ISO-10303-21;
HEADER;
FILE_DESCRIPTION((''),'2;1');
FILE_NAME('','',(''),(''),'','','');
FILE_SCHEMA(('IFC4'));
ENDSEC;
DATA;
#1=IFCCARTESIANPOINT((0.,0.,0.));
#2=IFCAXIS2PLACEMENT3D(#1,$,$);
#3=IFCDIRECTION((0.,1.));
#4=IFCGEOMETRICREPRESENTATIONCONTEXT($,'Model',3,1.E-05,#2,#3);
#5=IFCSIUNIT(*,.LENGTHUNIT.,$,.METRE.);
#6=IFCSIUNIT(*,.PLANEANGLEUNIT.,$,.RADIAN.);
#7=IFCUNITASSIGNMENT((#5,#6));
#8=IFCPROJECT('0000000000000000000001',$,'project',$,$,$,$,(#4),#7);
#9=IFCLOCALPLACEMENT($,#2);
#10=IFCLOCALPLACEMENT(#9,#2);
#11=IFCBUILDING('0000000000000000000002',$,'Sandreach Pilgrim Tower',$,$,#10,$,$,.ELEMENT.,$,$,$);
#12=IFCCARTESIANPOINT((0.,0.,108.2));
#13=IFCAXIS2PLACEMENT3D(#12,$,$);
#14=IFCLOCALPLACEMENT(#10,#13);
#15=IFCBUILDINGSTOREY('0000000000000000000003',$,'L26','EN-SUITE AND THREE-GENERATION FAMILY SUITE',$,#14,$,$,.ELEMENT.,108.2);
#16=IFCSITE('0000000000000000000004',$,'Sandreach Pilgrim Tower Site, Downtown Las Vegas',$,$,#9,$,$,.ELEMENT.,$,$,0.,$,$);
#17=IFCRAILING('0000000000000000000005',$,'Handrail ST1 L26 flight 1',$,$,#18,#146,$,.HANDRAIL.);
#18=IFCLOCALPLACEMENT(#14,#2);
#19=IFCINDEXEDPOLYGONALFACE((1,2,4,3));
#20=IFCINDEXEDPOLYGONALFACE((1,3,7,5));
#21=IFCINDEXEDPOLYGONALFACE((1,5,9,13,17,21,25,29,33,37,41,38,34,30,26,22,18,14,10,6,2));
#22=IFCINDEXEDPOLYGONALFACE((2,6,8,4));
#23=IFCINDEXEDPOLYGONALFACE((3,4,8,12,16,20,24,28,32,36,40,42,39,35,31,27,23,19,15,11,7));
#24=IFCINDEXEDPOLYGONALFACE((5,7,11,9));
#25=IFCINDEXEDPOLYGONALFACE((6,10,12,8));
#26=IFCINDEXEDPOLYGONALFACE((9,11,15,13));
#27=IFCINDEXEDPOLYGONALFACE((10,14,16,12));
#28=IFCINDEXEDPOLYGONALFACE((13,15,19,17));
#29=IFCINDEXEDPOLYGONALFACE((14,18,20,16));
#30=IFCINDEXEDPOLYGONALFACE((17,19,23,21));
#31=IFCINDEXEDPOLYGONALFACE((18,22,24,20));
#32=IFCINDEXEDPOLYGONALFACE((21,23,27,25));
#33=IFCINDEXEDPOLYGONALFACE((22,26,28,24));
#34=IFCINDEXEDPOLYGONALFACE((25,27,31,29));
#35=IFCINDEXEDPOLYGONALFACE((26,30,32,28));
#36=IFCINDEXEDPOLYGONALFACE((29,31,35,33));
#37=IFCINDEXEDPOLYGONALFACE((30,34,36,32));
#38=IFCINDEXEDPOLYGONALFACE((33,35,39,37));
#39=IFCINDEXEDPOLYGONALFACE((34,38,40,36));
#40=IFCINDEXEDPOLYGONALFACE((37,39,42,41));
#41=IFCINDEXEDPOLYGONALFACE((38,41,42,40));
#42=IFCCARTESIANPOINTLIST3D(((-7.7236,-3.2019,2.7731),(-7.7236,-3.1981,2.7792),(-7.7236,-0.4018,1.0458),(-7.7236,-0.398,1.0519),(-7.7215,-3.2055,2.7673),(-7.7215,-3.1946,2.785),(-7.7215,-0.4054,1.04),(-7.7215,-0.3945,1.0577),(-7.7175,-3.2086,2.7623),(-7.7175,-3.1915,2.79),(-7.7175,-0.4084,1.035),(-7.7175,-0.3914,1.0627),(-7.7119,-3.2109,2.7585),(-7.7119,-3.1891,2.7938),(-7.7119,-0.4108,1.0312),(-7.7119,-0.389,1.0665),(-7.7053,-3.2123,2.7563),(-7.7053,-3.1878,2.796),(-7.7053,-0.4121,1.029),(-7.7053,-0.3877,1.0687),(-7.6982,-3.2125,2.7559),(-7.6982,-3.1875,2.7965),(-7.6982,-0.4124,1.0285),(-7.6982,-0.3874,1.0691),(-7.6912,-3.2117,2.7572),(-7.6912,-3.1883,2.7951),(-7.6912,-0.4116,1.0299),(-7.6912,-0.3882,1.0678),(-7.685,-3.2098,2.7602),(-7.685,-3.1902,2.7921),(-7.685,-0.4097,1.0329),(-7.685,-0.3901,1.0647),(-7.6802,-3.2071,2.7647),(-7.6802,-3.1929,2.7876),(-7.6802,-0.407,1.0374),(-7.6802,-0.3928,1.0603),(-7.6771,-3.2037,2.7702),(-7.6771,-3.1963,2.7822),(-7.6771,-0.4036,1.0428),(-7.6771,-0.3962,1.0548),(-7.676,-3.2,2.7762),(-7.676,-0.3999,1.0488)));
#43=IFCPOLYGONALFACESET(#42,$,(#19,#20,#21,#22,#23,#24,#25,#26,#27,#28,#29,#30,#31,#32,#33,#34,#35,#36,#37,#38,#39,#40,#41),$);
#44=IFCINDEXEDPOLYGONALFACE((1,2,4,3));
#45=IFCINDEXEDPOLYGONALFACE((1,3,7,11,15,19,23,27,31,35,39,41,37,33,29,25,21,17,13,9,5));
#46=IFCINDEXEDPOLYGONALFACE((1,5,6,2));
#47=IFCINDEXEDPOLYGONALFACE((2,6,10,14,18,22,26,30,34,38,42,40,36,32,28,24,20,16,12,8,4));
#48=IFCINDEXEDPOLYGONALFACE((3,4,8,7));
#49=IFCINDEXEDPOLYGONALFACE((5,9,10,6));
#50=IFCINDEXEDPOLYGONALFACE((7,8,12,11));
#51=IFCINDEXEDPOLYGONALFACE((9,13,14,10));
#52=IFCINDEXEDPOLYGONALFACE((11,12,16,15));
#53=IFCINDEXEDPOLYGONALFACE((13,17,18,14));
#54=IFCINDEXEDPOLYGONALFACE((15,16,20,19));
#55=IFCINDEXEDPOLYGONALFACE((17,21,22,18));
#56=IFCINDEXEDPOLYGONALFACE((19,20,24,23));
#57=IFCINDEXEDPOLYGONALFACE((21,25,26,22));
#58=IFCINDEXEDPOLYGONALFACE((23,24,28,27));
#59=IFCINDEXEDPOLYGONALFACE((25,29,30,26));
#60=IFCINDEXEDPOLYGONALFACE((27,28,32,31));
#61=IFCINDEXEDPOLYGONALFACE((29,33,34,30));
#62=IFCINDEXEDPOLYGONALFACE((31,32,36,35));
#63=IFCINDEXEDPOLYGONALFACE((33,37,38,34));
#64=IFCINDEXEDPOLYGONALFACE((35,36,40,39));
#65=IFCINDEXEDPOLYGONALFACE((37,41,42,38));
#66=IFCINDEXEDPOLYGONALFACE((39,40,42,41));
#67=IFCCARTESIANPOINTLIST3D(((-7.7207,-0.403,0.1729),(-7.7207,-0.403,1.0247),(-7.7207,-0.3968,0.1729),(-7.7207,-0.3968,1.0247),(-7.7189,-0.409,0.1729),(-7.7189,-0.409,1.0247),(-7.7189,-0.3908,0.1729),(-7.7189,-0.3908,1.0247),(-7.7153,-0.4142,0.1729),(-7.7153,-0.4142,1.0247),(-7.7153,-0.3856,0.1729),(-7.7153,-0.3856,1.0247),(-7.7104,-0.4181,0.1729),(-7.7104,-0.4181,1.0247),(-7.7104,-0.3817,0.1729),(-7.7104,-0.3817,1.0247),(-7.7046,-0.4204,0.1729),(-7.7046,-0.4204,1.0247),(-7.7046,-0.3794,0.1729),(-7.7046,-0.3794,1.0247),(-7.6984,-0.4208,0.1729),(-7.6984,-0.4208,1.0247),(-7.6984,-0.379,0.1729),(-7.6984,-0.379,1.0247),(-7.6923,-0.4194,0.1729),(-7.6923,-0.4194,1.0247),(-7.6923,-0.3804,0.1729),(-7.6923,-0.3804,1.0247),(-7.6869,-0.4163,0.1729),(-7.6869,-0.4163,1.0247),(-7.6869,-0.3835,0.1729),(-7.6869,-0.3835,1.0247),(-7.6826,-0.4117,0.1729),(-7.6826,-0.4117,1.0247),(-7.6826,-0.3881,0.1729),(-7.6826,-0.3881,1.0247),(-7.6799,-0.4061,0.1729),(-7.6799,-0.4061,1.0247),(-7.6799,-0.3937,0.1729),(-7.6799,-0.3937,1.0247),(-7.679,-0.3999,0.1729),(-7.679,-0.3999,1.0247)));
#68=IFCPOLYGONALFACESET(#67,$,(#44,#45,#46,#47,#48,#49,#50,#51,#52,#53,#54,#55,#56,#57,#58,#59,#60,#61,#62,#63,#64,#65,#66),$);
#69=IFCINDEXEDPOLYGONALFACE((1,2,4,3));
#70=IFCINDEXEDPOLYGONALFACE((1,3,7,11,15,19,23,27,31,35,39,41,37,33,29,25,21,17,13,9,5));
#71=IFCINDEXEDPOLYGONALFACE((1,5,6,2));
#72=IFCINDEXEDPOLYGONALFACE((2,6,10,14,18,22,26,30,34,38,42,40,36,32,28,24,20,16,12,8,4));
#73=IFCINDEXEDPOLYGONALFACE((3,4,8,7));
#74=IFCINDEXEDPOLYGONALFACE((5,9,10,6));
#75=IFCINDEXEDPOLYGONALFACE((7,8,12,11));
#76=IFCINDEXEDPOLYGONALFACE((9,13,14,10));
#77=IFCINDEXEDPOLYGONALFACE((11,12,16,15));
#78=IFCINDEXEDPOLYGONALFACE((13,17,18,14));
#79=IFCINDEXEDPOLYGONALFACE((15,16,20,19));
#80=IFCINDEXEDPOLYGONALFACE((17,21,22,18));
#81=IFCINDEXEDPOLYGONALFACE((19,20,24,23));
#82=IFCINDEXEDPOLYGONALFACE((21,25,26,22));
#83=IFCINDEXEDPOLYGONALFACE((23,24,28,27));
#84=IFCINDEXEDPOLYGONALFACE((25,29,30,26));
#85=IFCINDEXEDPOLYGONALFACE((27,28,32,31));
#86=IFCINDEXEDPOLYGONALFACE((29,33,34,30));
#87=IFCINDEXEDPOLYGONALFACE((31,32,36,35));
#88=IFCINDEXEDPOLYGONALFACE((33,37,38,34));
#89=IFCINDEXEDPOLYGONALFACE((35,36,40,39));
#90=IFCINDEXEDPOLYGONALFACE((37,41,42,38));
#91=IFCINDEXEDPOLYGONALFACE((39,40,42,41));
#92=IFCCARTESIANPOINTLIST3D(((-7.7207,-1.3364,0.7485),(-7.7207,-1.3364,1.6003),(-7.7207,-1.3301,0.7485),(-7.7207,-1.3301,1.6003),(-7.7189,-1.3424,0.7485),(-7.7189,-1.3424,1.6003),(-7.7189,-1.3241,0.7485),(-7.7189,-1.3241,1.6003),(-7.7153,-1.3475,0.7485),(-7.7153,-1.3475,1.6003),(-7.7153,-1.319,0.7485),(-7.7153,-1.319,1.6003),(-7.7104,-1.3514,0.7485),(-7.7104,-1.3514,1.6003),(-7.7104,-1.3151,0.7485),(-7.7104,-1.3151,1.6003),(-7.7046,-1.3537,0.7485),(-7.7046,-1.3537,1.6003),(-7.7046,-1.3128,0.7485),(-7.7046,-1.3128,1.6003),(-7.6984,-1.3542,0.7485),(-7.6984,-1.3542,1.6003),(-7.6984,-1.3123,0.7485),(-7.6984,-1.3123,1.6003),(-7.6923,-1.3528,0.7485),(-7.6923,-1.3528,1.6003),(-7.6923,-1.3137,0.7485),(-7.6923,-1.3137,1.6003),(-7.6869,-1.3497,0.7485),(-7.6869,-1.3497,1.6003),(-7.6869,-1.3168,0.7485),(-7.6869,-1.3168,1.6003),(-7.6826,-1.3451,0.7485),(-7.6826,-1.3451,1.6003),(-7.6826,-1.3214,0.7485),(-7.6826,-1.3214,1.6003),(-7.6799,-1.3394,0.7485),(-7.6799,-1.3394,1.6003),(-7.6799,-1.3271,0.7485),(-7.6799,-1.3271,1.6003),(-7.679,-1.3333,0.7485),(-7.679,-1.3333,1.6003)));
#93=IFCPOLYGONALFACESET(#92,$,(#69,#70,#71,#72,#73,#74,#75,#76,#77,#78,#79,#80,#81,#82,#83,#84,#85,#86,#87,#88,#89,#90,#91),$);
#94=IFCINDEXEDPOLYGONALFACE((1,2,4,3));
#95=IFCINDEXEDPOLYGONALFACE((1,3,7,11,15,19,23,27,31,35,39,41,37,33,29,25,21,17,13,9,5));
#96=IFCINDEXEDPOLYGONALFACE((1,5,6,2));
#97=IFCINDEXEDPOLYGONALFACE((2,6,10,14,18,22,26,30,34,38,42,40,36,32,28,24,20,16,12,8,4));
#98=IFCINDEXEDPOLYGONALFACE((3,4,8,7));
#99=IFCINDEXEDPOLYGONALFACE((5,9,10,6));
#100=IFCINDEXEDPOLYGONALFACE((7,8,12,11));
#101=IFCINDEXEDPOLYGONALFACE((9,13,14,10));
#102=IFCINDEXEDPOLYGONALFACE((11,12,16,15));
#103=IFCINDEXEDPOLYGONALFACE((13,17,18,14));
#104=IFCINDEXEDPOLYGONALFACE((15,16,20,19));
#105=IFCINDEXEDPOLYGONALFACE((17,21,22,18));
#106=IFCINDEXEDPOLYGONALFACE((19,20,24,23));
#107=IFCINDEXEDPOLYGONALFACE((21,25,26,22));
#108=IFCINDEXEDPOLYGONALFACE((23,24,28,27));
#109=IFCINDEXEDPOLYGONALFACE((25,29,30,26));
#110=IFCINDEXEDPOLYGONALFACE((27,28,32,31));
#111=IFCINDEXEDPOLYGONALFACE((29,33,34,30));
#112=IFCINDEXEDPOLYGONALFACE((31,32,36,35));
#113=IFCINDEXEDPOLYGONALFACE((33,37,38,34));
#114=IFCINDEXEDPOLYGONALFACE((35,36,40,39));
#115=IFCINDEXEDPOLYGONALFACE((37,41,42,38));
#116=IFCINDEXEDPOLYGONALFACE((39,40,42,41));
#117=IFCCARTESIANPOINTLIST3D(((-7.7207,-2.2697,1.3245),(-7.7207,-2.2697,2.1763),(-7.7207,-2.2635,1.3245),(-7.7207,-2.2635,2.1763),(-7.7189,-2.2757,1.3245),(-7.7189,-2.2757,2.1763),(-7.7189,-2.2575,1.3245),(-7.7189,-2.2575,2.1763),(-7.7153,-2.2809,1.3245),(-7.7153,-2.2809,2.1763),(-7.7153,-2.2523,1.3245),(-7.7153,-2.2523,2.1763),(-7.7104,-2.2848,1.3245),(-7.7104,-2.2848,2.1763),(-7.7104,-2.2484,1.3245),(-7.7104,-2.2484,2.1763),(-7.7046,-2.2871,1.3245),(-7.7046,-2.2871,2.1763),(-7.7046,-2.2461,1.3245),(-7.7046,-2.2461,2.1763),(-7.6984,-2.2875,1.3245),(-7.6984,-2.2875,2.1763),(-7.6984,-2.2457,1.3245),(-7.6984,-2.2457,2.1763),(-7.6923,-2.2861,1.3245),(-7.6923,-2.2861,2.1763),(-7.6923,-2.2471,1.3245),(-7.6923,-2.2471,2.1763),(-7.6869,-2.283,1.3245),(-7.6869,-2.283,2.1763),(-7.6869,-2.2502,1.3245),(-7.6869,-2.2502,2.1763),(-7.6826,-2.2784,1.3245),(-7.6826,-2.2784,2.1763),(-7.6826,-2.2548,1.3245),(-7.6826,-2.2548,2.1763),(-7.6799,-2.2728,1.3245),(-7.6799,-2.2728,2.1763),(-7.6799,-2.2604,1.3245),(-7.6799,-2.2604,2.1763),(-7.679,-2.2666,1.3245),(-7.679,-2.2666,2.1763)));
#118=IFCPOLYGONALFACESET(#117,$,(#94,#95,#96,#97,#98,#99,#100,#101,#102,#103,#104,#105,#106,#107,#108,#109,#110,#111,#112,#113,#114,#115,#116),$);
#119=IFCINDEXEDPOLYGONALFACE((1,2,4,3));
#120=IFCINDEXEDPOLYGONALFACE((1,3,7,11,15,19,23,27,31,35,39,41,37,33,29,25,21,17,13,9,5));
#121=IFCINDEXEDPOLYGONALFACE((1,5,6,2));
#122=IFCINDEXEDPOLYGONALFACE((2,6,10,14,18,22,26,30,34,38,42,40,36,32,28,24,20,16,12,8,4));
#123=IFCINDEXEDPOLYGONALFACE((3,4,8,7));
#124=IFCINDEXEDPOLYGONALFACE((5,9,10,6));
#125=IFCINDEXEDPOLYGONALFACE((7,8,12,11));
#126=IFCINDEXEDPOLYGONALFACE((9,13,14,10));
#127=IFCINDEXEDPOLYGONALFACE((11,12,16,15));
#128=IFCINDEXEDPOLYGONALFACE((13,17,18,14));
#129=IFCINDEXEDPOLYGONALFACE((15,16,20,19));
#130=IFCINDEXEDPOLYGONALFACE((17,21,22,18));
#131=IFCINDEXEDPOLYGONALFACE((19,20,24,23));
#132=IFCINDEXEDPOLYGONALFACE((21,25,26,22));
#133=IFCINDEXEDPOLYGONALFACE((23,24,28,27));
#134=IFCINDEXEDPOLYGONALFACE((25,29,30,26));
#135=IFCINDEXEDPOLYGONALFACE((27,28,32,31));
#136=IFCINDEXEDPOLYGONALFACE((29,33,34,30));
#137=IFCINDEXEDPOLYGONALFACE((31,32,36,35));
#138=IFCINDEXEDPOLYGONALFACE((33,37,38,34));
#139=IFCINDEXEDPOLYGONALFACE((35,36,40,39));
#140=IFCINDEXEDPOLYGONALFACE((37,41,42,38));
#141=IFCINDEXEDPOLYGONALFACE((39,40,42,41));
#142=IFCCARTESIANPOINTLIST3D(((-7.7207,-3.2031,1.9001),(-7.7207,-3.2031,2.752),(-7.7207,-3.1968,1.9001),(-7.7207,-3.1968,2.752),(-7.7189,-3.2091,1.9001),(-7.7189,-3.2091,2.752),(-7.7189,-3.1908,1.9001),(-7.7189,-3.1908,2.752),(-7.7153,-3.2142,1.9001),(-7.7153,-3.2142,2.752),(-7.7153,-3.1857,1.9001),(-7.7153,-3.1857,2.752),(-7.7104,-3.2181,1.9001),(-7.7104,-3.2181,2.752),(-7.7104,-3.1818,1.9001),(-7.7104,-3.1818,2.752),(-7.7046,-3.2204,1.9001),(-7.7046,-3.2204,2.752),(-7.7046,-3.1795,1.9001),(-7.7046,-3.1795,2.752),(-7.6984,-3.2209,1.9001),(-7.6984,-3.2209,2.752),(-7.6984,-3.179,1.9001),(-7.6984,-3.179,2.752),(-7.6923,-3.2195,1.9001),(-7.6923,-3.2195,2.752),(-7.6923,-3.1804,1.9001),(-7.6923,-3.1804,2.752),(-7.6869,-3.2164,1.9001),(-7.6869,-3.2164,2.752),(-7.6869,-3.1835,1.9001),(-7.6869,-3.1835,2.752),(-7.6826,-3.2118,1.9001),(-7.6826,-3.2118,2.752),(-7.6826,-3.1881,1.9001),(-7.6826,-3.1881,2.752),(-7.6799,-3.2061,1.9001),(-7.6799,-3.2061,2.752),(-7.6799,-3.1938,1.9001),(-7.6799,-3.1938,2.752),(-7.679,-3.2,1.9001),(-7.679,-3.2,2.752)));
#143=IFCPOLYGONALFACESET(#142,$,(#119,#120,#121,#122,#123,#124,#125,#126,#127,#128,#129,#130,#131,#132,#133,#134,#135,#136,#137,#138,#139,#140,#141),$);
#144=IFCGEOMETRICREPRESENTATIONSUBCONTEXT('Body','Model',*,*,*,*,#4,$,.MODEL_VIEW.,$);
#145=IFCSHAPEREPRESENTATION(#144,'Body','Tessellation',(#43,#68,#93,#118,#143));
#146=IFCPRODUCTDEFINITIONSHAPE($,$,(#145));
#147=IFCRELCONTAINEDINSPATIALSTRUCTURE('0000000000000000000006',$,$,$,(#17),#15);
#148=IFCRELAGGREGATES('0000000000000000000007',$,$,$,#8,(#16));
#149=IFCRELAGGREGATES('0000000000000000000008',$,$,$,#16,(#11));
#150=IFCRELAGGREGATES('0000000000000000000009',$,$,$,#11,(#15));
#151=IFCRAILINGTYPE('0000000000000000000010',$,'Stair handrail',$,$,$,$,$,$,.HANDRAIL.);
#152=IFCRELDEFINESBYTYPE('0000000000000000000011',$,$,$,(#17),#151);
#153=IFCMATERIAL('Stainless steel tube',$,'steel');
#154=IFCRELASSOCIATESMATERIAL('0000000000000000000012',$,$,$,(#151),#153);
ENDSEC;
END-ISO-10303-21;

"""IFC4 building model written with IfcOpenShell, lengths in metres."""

from ifc_helpers import new_model, si_unit, direction, frame, origin, origin_2d, place, context, subcontext, project, spatial, circle, extrude, material, type_object, element, save


model = new_model("IFC4")

# Units and contexts
model_context = context("Model", 3, precision=1e-05, world=origin(), true_north=direction((0.0, 1.0)))
body_context = subcontext(model_context, "Body", "Model", "MODEL_VIEW")
ifc_project = project(units=[si_unit("LENGTHUNIT", "METRE"), si_unit("PLANEANGLEUNIT", "RADIAN")], contexts=[model_context])

# Site, building, storey
site_placement = place(None, origin())
site = spatial("IfcSite", under=ifc_project, at=site_placement, Name="Sandreach Pilgrim Tower Site, Downtown Las Vegas", CompositionType="ELEMENT", RefElevation=0.0)
building_placement = place(site_placement, origin())
building = spatial("IfcBuilding", under=site, at=building_placement, Name="Sandreach Pilgrim Tower", CompositionType="ELEMENT")
storey_placement = place(building_placement, frame((0.0, 0.0, 108.2)))
storey = spatial("IfcBuildingStorey", under=building, at=storey_placement, Name="L26", Description="EN-SUITE AND THREE-GENERATION FAMILY SUITE", CompositionType="ELEMENT", Elevation=108.2)

# Railing
ifc_material_1 = material(Name="Stainless steel tube", Category="steel")
railing_type = type_object("IfcRailingType", Name="Stair handrail", PredefinedType="HANDRAIL", material=ifc_material_1)
for number, where, name in (
    (1, (-7.7, -0.3999, 0.1729), "Handrail ST1 L26 flight 1"),
):
    element("IfcRailing", number, at=place(storey_placement, frame(where)), inside=storey, type_object=railing_type, Name=name, PredefinedType="HANDRAIL", context=body_context, shape_type="SweptSolid", body=[
        extrude(circle(Radius=0.0239, at=origin_2d()), frame((0.0, 0.0, 0.876), z_axis=(0.0, -0.85109, 0.52502), x_axis=(1.0, 0.0, 0.0)), (0.0, 0.0, 1.0), 3.29),
        extrude(circle(Radius=0.021, at=origin_2d()), origin(), (0.0, 0.0, 1.0), 0.8518),
        extrude(circle(Radius=0.021, at=origin_2d()), frame((0.0, -0.9333, 0.5757)), (0.0, 0.0, 1.0), 0.8518),
        extrude(circle(Radius=0.021, at=origin_2d()), frame((0.0, -1.8667, 1.1516)), (0.0, 0.0, 1.0), 0.8518),
        extrude(circle(Radius=0.021, at=origin_2d()), frame((0.0, -2.8, 1.7273)), (0.0, 0.0, 1.0), 0.8518),
    ])

save(model, "model.ifc")
